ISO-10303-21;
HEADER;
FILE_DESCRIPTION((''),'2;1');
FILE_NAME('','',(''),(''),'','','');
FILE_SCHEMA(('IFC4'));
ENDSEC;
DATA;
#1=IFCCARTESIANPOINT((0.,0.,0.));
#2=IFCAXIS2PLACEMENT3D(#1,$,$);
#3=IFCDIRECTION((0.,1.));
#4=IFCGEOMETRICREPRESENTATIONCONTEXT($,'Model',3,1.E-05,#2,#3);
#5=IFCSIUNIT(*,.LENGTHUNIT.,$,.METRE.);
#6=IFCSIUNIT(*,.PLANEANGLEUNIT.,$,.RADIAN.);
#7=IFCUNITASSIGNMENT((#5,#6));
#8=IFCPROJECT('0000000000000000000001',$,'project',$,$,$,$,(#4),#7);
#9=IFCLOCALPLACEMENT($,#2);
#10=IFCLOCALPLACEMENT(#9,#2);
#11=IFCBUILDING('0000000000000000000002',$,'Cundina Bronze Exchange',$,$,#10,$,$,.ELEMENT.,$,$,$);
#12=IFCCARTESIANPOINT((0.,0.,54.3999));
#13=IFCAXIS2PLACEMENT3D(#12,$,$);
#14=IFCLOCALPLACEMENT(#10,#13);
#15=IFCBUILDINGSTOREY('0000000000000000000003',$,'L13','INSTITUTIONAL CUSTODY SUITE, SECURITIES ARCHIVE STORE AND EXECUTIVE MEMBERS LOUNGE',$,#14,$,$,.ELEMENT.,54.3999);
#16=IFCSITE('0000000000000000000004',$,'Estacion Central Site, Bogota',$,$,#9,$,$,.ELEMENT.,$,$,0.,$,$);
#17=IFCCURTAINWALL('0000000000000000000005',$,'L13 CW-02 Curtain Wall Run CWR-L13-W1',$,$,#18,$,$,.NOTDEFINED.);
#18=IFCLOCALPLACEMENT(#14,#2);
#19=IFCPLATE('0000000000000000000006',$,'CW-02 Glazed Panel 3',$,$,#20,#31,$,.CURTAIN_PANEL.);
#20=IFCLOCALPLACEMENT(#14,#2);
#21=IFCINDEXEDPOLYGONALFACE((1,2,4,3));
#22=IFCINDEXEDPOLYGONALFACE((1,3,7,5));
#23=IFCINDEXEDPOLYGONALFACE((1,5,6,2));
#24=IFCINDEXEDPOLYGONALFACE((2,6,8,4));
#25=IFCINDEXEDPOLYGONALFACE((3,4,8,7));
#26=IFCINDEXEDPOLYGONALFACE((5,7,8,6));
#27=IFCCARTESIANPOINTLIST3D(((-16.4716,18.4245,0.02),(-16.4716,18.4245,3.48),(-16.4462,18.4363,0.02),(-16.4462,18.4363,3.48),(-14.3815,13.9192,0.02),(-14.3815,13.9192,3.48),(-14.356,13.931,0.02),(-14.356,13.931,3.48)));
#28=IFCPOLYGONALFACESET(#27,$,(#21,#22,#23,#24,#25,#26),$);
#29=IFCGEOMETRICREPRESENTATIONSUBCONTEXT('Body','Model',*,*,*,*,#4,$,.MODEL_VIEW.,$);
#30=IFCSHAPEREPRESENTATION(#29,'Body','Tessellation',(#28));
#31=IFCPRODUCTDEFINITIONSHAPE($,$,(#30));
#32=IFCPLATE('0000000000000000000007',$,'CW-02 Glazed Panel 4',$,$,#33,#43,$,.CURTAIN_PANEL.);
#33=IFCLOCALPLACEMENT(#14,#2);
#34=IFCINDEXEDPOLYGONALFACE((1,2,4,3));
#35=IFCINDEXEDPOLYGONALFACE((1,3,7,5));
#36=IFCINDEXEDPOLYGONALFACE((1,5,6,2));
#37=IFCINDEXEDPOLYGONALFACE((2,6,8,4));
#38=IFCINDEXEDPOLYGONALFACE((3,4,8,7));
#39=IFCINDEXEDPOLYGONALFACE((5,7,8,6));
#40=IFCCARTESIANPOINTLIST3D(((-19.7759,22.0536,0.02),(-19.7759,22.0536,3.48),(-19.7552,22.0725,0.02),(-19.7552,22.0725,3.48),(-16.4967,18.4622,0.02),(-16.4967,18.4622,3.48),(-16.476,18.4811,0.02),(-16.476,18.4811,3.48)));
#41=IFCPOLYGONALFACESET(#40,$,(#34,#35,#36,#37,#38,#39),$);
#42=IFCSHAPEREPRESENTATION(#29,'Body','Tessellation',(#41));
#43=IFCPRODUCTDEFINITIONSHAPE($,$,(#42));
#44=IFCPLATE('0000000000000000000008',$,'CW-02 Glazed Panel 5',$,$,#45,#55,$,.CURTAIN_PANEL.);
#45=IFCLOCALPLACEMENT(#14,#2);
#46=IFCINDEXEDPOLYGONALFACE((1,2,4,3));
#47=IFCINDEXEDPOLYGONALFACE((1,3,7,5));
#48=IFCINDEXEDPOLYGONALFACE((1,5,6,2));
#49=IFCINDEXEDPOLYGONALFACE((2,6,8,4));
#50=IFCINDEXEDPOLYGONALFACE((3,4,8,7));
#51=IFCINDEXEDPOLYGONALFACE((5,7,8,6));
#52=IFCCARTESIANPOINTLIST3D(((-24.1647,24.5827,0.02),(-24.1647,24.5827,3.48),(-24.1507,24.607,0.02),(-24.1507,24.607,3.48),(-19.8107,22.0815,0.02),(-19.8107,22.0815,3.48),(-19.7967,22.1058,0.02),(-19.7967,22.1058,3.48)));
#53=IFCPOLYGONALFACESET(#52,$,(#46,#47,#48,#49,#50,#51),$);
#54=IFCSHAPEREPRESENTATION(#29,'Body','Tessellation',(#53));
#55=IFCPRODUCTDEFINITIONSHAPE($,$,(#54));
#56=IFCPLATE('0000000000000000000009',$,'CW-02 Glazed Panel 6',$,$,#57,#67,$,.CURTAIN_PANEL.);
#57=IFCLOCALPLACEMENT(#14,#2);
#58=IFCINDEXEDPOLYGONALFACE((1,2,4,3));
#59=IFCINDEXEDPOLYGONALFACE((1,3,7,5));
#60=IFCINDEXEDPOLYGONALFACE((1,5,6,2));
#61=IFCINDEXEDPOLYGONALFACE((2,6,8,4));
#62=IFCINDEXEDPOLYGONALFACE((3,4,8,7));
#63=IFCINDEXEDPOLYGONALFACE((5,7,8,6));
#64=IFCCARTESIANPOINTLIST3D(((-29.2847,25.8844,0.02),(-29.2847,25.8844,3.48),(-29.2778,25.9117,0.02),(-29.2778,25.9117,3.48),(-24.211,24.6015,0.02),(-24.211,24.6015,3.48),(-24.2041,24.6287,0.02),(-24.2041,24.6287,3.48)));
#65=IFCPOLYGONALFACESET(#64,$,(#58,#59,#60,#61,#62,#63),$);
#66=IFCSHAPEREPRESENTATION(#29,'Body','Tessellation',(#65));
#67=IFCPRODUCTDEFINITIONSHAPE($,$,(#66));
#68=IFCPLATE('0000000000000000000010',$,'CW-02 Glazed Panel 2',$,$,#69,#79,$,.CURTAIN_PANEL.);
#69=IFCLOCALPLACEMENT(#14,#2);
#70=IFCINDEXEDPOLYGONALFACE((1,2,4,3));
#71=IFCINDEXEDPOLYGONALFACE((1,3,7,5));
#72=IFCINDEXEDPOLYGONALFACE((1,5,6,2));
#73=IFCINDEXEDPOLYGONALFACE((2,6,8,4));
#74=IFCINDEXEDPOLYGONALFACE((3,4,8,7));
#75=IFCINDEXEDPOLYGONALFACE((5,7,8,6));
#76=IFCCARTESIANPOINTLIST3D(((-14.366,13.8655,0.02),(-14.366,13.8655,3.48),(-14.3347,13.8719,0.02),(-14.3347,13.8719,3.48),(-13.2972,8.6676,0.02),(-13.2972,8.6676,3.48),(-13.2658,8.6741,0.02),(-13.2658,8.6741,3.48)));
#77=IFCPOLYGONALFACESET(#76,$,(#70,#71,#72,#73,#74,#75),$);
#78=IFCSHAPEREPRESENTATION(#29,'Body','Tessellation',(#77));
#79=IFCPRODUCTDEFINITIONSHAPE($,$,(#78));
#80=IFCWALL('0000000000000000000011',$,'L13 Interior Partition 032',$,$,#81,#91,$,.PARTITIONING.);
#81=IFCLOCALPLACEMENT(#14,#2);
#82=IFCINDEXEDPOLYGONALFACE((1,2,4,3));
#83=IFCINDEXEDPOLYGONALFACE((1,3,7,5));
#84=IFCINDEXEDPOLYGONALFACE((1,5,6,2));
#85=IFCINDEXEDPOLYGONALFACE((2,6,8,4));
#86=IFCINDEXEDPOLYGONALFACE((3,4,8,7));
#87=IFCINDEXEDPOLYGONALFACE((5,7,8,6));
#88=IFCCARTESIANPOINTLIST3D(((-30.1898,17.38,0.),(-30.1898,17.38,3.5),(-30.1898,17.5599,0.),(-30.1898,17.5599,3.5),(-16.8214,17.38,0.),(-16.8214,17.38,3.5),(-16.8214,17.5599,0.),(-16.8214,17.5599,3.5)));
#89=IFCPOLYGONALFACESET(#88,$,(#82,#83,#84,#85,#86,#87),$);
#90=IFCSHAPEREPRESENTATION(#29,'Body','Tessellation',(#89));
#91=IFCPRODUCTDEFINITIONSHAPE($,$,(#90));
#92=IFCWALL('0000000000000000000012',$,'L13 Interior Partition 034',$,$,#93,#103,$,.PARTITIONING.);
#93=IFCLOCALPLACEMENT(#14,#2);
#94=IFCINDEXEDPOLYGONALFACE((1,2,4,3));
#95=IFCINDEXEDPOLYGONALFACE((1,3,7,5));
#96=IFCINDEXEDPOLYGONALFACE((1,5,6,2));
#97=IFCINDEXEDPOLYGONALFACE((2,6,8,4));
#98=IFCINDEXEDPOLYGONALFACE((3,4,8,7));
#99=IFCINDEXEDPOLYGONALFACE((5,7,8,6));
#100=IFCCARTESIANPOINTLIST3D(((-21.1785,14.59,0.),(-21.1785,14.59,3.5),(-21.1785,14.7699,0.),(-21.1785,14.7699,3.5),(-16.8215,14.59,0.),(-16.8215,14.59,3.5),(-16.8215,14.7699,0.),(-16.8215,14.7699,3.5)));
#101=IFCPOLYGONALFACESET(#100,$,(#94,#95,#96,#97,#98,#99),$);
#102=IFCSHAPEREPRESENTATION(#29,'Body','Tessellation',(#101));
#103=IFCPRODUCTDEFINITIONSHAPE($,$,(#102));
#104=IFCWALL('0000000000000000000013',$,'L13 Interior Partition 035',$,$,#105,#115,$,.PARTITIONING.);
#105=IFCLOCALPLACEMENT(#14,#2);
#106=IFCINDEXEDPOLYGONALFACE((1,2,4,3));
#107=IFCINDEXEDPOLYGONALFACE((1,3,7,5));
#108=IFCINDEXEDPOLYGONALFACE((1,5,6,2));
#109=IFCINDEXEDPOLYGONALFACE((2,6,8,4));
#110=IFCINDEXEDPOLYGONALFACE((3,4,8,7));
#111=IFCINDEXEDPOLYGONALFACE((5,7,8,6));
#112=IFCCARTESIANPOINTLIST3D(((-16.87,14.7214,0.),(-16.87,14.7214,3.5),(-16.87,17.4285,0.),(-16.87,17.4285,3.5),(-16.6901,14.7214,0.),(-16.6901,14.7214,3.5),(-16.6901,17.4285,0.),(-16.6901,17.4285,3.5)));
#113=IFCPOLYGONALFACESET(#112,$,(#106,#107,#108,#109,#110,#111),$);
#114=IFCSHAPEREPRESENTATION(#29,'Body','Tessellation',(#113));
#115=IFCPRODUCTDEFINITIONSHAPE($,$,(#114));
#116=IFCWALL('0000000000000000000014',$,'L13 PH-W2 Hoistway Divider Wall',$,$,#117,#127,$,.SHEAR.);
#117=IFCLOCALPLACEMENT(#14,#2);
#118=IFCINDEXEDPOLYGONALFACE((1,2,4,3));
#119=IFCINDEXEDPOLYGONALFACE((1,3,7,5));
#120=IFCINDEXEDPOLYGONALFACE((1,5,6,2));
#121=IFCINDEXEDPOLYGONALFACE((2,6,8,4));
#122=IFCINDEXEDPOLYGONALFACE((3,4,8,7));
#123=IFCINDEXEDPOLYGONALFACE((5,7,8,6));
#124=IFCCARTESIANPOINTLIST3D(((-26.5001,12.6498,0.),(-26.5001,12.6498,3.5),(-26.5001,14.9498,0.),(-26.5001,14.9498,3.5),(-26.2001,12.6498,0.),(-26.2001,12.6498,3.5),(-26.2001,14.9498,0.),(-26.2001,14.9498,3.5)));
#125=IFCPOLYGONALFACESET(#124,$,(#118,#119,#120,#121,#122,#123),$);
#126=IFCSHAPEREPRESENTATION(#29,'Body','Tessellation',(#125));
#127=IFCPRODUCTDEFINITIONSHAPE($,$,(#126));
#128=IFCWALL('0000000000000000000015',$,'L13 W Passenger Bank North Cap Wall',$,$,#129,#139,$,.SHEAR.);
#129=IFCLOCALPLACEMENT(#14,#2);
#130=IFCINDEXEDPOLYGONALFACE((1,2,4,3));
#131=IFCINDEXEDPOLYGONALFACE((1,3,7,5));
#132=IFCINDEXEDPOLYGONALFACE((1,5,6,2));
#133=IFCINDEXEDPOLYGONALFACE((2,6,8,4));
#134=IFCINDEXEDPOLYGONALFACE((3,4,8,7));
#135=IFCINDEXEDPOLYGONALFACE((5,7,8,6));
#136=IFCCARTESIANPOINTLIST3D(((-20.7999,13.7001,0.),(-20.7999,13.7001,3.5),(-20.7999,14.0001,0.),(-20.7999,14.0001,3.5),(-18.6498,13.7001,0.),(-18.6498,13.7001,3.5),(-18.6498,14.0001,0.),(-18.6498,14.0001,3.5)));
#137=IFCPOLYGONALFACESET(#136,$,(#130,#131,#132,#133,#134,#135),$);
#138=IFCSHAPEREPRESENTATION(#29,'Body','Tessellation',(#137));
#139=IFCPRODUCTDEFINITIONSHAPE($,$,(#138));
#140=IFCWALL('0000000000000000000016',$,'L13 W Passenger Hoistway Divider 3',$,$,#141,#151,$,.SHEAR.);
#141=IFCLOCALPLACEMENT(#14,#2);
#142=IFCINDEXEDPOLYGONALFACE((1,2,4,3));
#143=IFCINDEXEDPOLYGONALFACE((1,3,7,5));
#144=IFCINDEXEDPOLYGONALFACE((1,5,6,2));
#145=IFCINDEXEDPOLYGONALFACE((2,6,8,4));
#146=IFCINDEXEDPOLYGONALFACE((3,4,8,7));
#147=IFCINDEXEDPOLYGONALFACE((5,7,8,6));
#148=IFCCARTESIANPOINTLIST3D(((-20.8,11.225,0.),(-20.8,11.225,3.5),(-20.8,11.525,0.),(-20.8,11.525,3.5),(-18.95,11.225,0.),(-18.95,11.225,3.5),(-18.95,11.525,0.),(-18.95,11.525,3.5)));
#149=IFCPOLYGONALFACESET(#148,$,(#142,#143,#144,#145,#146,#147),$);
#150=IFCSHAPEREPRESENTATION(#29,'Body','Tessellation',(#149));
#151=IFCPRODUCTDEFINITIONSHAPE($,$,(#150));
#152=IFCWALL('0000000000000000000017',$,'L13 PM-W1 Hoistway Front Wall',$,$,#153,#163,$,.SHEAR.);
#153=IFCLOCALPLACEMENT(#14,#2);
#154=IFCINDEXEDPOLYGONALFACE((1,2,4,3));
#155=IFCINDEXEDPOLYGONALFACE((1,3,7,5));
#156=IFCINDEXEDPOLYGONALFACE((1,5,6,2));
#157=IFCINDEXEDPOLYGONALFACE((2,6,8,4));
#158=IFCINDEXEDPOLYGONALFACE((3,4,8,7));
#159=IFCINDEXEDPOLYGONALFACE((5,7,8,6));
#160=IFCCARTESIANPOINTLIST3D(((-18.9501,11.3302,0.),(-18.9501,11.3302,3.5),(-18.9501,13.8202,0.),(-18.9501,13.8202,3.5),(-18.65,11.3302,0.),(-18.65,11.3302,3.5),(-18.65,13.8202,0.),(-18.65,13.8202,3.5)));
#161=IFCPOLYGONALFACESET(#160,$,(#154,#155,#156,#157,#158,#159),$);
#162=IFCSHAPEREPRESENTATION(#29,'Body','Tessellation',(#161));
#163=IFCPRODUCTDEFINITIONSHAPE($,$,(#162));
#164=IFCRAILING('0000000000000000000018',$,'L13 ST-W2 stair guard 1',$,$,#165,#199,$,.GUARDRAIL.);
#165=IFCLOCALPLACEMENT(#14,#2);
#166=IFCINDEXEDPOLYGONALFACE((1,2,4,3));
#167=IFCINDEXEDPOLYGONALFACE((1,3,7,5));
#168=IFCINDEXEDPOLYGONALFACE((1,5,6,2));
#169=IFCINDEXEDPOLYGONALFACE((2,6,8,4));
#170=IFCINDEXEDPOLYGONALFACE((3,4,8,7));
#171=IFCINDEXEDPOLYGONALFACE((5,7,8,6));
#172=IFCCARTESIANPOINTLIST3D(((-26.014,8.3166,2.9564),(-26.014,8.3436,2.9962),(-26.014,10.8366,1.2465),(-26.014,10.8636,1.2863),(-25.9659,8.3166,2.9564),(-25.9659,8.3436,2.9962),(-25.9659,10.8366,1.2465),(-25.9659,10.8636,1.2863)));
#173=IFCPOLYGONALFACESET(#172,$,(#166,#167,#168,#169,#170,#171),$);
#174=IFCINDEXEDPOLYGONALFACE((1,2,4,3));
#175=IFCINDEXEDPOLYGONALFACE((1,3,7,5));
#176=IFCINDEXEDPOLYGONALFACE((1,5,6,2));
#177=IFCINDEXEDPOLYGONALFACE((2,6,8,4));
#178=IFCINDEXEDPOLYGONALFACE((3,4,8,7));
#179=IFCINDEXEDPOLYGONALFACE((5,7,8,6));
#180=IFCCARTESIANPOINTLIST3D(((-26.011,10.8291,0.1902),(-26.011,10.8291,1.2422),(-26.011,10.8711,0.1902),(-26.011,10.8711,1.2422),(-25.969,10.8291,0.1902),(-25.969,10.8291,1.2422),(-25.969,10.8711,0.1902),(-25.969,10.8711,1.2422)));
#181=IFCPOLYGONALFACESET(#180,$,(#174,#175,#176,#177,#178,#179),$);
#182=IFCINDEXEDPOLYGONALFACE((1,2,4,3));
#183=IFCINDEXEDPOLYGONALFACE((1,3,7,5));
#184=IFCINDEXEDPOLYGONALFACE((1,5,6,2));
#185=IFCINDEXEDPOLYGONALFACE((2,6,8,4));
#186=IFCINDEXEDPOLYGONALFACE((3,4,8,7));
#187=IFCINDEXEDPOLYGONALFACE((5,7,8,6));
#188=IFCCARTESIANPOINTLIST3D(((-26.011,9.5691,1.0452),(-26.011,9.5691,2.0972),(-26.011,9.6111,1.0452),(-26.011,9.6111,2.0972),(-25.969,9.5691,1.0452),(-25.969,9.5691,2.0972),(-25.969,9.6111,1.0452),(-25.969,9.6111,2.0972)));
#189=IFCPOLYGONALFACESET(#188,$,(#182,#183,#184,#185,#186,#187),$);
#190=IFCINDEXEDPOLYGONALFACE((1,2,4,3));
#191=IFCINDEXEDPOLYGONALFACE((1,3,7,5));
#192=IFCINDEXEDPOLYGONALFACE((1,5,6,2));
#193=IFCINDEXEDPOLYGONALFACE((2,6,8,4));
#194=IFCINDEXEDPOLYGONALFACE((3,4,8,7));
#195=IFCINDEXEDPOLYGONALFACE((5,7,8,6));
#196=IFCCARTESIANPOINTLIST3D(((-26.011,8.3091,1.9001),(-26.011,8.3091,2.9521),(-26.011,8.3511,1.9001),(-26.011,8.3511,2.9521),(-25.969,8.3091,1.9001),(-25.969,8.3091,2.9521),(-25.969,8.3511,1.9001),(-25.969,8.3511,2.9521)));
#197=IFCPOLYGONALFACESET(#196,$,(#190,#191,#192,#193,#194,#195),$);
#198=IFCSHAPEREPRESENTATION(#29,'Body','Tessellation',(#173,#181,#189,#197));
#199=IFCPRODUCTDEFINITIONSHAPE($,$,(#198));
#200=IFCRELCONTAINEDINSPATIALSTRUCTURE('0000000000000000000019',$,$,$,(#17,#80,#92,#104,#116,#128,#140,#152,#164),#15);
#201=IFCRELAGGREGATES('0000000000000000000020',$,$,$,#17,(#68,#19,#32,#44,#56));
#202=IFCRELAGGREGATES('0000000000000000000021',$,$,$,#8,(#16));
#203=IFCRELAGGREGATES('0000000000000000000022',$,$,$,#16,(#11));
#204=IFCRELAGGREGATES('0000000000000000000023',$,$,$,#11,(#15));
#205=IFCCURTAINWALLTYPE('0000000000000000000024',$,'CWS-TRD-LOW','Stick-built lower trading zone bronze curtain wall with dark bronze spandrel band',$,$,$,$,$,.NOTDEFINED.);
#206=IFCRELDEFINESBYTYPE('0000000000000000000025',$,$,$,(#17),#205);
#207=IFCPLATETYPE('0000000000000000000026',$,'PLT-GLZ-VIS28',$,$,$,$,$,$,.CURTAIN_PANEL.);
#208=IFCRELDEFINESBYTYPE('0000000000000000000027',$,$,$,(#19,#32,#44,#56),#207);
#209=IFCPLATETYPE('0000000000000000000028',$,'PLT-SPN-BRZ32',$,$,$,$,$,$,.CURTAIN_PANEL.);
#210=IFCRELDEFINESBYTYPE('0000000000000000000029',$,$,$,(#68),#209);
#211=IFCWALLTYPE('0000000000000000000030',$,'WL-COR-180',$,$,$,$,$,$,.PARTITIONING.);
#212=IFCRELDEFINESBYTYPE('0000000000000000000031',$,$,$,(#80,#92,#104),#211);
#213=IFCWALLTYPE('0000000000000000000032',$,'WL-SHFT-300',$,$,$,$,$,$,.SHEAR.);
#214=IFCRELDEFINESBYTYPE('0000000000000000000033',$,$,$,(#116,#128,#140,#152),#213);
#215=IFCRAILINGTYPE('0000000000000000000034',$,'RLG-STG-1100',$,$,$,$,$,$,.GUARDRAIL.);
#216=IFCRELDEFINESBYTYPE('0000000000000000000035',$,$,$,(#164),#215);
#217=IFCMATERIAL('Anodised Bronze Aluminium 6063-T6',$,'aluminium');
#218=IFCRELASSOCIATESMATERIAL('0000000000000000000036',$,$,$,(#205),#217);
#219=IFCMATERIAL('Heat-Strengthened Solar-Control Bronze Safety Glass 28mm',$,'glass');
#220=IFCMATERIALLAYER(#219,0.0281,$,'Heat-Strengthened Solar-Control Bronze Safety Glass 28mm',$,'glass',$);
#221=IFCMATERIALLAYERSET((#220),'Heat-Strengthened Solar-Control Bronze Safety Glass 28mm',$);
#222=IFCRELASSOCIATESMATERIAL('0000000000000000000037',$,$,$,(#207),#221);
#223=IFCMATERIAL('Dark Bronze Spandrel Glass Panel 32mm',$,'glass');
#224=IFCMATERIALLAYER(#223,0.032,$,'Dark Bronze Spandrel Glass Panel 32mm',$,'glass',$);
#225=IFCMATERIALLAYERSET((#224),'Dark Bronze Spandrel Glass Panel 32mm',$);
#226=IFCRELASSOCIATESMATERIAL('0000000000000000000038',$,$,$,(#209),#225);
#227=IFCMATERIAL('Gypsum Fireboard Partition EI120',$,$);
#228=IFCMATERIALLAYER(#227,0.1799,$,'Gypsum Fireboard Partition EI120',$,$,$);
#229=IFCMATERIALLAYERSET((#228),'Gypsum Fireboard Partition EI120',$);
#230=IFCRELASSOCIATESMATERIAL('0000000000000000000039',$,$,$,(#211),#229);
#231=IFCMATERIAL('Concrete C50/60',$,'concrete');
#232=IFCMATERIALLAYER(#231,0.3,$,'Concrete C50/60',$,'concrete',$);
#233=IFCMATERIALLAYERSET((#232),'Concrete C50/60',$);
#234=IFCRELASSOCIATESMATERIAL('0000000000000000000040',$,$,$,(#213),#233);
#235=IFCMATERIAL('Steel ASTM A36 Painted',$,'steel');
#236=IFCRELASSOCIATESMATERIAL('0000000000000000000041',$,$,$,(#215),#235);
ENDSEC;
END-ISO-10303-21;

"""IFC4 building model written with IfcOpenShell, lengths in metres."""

from ifc_helpers import new_model, si_unit, direction, frame, frame_2d, origin, origin_2d, place, context, subcontext, project, spatial, rectangle, extrude, material, layer, layer_set, type_object, element, aggregate, save


model = new_model("IFC4")

# Units and contexts
model_context = context("Model", 3, precision=1e-05, world=origin(), true_north=direction((0.0, 1.0)))
body_context = subcontext(model_context, "Body", "Model", "MODEL_VIEW")
ifc_project = project(units=[si_unit("LENGTHUNIT", "METRE"), si_unit("PLANEANGLEUNIT", "RADIAN")], contexts=[model_context])

# Site, building, storey
site_placement = place(None, origin())
site = spatial("IfcSite", under=ifc_project, at=site_placement, Name="Estacion Central Site, Bogota", CompositionType="ELEMENT", RefElevation=0.0)
building_placement = place(site_placement, origin())
building = spatial("IfcBuilding", under=site, at=building_placement, Name="Cundina Bronze Exchange", CompositionType="ELEMENT")
storey_placement = place(building_placement, frame((0.0, 0.0, 54.3999)))
storey = spatial("IfcBuildingStorey", under=building, at=storey_placement, Name="L13", Description="INSTITUTIONAL CUSTODY SUITE, SECURITIES ARCHIVE STORE AND EXECUTIVE MEMBERS LOUNGE", CompositionType="ELEMENT", Elevation=54.3999)

# Curtain wall, plates
ifc_material_1 = material(Name="Anodised Bronze Aluminium 6063-T6", Category="aluminium")
curtain_wall_type = type_object("IfcCurtainWallType", Name="CWS-TRD-LOW", Description="Stick-built lower trading zone bronze curtain wall with dark bronze spandrel band", PredefinedType="NOTDEFINED", material=ifc_material_1)
curtain_wall_placement = place(storey_placement, origin())
curtain_wall = element("IfcCurtainWall", 1, at=curtain_wall_placement, inside=storey, type_object=curtain_wall_type, Name="L13 CW-02 Curtain Wall Run CWR-L13-W1", PredefinedType="NOTDEFINED")
ifc_material_2 = material(Name="Heat-Strengthened Solar-Control Bronze Safety Glass 28mm", Category="glass")
ifc_layer_1 = layer(ifc_material_2, 0.0281, Name="Heat-Strengthened Solar-Control Bronze Safety Glass 28mm", Category="glass")
ifc_layer_set_1 = layer_set([ifc_layer_1], Name="Heat-Strengthened Solar-Control Bronze Safety Glass 28mm")
plate_type_1 = type_object("IfcPlateType", Name="PLT-GLZ-VIS28", PredefinedType="CURTAIN_PANEL", material=ifc_layer_set_1)
plate_1_placement = place(storey_placement, frame((-15.4138, 16.1777, 0.02), z_axis=(0.0, 0.0, 1.0), x_axis=(-0.420846, 0.907132, 0.0)))
plate_1 = element("IfcPlate", 2, at=plate_1_placement, type_object=plate_type_1, Name="CW-02 Glazed Panel 3", PredefinedType="CURTAIN_PANEL", context=body_context, shape_type="SweptSolid", body=[
    extrude(rectangle(XDim=4.9666, YDim=0.0281, at=origin_2d()), origin(), (0.0, 0.0, 1.0), 3.46),
])
plate_2_placement = place(storey_placement, frame((-18.126, 20.2673, 0.02), z_axis=(0.0, 0.0, 1.0), x_axis=(-0.674277, 0.738479, 0.0)))
plate_2 = element("IfcPlate", 3, at=plate_2_placement, type_object=plate_type_1, Name="CW-02 Glazed Panel 4", PredefinedType="CURTAIN_PANEL", context=body_context, shape_type="SweptSolid", body=[
    extrude(rectangle(XDim=4.8633, YDim=0.0281, at=origin_2d()), origin(), (0.0, 0.0, 1.0), 3.46),
])
plate_3_placement = place(storey_placement, frame((-21.9807, 23.3442, 0.02), z_axis=(0.0, 0.0, 1.0), x_axis=(-0.867105, 0.498125, 0.0)))
plate_3 = element("IfcPlate", 4, at=plate_3_placement, type_object=plate_type_1, Name="CW-02 Glazed Panel 5", PredefinedType="CURTAIN_PANEL", context=body_context, shape_type="SweptSolid", body=[
    extrude(rectangle(XDim=5.0212, YDim=0.0281, at=origin_2d()), origin(), (0.0, 0.0, 1.0), 3.46),
])
plate_4_placement = place(storey_placement, frame((-26.7444, 25.2566, 0.02), z_axis=(0.0, 0.0, 1.0), x_axis=(-0.969488, 0.245138, 0.0)))
plate_4 = element("IfcPlate", 5, at=plate_4_placement, type_object=plate_type_1, Name="CW-02 Glazed Panel 6", PredefinedType="CURTAIN_PANEL", context=body_context, shape_type="SweptSolid", body=[
    extrude(rectangle(XDim=5.2334, YDim=0.0281, at=origin_2d()), origin(), (0.0, 0.0, 1.0), 3.46),
])
ifc_material_3 = material(Name="Dark Bronze Spandrel Glass Panel 32mm", Category="glass")
ifc_layer_2 = layer(ifc_material_3, 0.032, Name="Dark Bronze Spandrel Glass Panel 32mm", Category="glass")
ifc_layer_set_2 = layer_set([ifc_layer_2], Name="Dark Bronze Spandrel Glass Panel 32mm")
plate_type_2 = type_object("IfcPlateType", Name="PLT-SPN-BRZ32", PredefinedType="CURTAIN_PANEL", material=ifc_layer_set_2)
plate_5_placement = place(storey_placement, frame((-13.8159, 11.2698, 0.02), z_axis=(0.0, 0.0, 1.0), x_axis=(-0.20142, 0.979505, 0.0)))
plate_5 = element("IfcPlate", 6, at=plate_5_placement, type_object=plate_type_2, Name="CW-02 Glazed Panel 2", PredefinedType="CURTAIN_PANEL", context=body_context, shape_type="SweptSolid", body=[
    extrude(rectangle(XDim=5.3066, YDim=0.032, at=origin_2d()), origin(), (0.0, 0.0, 1.0), 3.46),
])
aggregate(curtain_wall, [plate_5, plate_1, plate_2, plate_3, plate_4])

# Walls
ifc_material_4 = material(Name="Gypsum Fireboard Partition EI120")
ifc_layer_3 = layer(ifc_material_4, 0.1799, Name="Gypsum Fireboard Partition EI120")
ifc_layer_set_3 = layer_set([ifc_layer_3], Name="Gypsum Fireboard Partition EI120")
wall_type_1 = type_object("IfcWallType", Name="WL-COR-180", PredefinedType="PARTITIONING", material=ifc_layer_set_3)
wall_1_placement = place(storey_placement, frame((-16.8215, 17.47, 0.0), z_axis=(0.0, 0.0, 1.0), x_axis=(-1.0, 0.0, 0.0)))
element("IfcWall", 7, at=wall_1_placement, inside=storey, type_object=wall_type_1, Name="L13 Interior Partition 032", PredefinedType="PARTITIONING", context=body_context, shape_type="SweptSolid", body=[
    extrude(rectangle(XDim=13.3684, YDim=0.1799, at=frame_2d((6.6841, 0.0))), origin(), (0.0, 0.0, 1.0), 3.5),
])
wall_2_placement = place(storey_placement, frame((-21.1785, 14.6799, 0.0), z_axis=(0.0, 0.0, 1.0), x_axis=(1.0, 0.0, 0.0)))
element("IfcWall", 8, at=wall_2_placement, inside=storey, type_object=wall_type_1, Name="L13 Interior Partition 034", PredefinedType="PARTITIONING", context=body_context, shape_type="SweptSolid", body=[
    extrude(rectangle(XDim=4.3569, YDim=0.1799, at=frame_2d((2.1785, 0.0))), origin(), (0.0, 0.0, 1.0), 3.5),
])
wall_3_placement = place(storey_placement, frame((-16.78, 14.7214, 0.0), z_axis=(0.0, 0.0, 1.0), x_axis=(0.0, 1.0, 0.0)))
element("IfcWall", 9, at=wall_3_placement, inside=storey, type_object=wall_type_1, Name="L13 Interior Partition 035", PredefinedType="PARTITIONING", context=body_context, shape_type="SweptSolid", body=[
    extrude(rectangle(XDim=2.707, YDim=0.1799, at=frame_2d((1.3535, 0.0))), origin(), (0.0, 0.0, 1.0), 3.5),
])

# Shared definitions
ifc_material_5 = material(Name="Concrete C50/60", Category="concrete")
ifc_layer_4 = layer(ifc_material_5, 0.3, Name="Concrete C50/60", Category="concrete")
ifc_layer_set_4 = layer_set([ifc_layer_4], Name="Concrete C50/60")
wall_type_2 = type_object("IfcWallType", Name="WL-SHFT-300", PredefinedType="SHEAR", material=ifc_layer_set_4)
ifc_material_6 = material(Name="Steel ASTM A36 Painted", Category="steel")

# Walls
wall_4_placement = place(storey_placement, frame((-26.3501, 12.6499, 0.0), z_axis=(0.0, 0.0, 1.0), x_axis=(0.0, 1.0, 0.0)))
element("IfcWall", 10, at=wall_4_placement, inside=storey, type_object=wall_type_2, Name="L13 PH-W2 Hoistway Divider Wall", PredefinedType="SHEAR", context=body_context, shape_type="SweptSolid", body=[
    extrude(rectangle(XDim=2.3, YDim=0.3, at=frame_2d((1.1499, 0.0))), origin(), (0.0, 0.0, 1.0), 3.5),
])
wall_5_placement = place(storey_placement, frame((-20.8, 13.8501, 0.0), z_axis=(0.0, 0.0, 1.0), x_axis=(1.0, 0.0, 0.0)))
element("IfcWall", 11, at=wall_5_placement, inside=storey, type_object=wall_type_2, Name="L13 W Passenger Bank North Cap Wall", PredefinedType="SHEAR", context=body_context, shape_type="SweptSolid", body=[
    extrude(rectangle(XDim=2.1501, YDim=0.3, at=frame_2d((1.0752, 0.0))), origin(), (0.0, 0.0, 1.0), 3.5),
])
wall_6_placement = place(storey_placement, frame((-20.8, 11.375, 0.0), z_axis=(0.0, 0.0, 1.0), x_axis=(1.0, 0.0, 0.0)))
element("IfcWall", 12, at=wall_6_placement, inside=storey, type_object=wall_type_2, Name="L13 W Passenger Hoistway Divider 3", PredefinedType="SHEAR", context=body_context, shape_type="SweptSolid", body=[
    extrude(rectangle(XDim=1.8501, YDim=0.3, at=frame_2d((0.925, 0.0))), origin(), (0.0, 0.0, 1.0), 3.5),
])
wall_7_placement = place(storey_placement, frame((-18.8, 11.3301, 0.0), z_axis=(0.0, 0.0, 1.0), x_axis=(0.0, 1.0, 0.0)))
element("IfcWall", 13, at=wall_7_placement, inside=storey, type_object=wall_type_2, Name="L13 PM-W1 Hoistway Front Wall", PredefinedType="SHEAR", context=body_context, shape_type="SweptSolid", body=[
    extrude(rectangle(XDim=2.49, YDim=0.3, at=frame_2d((1.2451, 0.0))), origin(), (0.0, 0.0, 1.0), 3.5),
])

# Railing
railing_type = type_object("IfcRailingType", Name="RLG-STG-1100", PredefinedType="GUARDRAIL", material=ifc_material_6)
railing_1_placement = place(storey_placement, frame((-25.99, 10.8501, 0.1902)))
element("IfcRailing", 14, at=railing_1_placement, inside=storey, type_object=railing_type, Name="L13 ST-W2 stair guard 1", PredefinedType="GUARDRAIL", context=body_context, shape_type="SweptSolid", body=[
    extrude(rectangle(XDim=0.0481, YDim=0.0481, at=origin_2d()), frame((0.0, 0.0, 1.0762), z_axis=(0.0, -0.827484, 0.56149), x_axis=(1.0, 0.0, 0.0)), (0.0, 0.0, 1.0), 3.0454),
    extrude(rectangle(XDim=0.042, YDim=0.042, at=origin_2d()), origin(), (0.0, 0.0, 1.0), 1.052),
    extrude(rectangle(XDim=0.042, YDim=0.042, at=origin_2d()), frame((0.0, -1.26, 0.855)), (0.0, 0.0, 1.0), 1.052),
    extrude(rectangle(XDim=0.042, YDim=0.042, at=origin_2d()), frame((0.0, -2.52, 1.71)), (0.0, 0.0, 1.0), 1.052),
])

save(model, "model.ifc")
